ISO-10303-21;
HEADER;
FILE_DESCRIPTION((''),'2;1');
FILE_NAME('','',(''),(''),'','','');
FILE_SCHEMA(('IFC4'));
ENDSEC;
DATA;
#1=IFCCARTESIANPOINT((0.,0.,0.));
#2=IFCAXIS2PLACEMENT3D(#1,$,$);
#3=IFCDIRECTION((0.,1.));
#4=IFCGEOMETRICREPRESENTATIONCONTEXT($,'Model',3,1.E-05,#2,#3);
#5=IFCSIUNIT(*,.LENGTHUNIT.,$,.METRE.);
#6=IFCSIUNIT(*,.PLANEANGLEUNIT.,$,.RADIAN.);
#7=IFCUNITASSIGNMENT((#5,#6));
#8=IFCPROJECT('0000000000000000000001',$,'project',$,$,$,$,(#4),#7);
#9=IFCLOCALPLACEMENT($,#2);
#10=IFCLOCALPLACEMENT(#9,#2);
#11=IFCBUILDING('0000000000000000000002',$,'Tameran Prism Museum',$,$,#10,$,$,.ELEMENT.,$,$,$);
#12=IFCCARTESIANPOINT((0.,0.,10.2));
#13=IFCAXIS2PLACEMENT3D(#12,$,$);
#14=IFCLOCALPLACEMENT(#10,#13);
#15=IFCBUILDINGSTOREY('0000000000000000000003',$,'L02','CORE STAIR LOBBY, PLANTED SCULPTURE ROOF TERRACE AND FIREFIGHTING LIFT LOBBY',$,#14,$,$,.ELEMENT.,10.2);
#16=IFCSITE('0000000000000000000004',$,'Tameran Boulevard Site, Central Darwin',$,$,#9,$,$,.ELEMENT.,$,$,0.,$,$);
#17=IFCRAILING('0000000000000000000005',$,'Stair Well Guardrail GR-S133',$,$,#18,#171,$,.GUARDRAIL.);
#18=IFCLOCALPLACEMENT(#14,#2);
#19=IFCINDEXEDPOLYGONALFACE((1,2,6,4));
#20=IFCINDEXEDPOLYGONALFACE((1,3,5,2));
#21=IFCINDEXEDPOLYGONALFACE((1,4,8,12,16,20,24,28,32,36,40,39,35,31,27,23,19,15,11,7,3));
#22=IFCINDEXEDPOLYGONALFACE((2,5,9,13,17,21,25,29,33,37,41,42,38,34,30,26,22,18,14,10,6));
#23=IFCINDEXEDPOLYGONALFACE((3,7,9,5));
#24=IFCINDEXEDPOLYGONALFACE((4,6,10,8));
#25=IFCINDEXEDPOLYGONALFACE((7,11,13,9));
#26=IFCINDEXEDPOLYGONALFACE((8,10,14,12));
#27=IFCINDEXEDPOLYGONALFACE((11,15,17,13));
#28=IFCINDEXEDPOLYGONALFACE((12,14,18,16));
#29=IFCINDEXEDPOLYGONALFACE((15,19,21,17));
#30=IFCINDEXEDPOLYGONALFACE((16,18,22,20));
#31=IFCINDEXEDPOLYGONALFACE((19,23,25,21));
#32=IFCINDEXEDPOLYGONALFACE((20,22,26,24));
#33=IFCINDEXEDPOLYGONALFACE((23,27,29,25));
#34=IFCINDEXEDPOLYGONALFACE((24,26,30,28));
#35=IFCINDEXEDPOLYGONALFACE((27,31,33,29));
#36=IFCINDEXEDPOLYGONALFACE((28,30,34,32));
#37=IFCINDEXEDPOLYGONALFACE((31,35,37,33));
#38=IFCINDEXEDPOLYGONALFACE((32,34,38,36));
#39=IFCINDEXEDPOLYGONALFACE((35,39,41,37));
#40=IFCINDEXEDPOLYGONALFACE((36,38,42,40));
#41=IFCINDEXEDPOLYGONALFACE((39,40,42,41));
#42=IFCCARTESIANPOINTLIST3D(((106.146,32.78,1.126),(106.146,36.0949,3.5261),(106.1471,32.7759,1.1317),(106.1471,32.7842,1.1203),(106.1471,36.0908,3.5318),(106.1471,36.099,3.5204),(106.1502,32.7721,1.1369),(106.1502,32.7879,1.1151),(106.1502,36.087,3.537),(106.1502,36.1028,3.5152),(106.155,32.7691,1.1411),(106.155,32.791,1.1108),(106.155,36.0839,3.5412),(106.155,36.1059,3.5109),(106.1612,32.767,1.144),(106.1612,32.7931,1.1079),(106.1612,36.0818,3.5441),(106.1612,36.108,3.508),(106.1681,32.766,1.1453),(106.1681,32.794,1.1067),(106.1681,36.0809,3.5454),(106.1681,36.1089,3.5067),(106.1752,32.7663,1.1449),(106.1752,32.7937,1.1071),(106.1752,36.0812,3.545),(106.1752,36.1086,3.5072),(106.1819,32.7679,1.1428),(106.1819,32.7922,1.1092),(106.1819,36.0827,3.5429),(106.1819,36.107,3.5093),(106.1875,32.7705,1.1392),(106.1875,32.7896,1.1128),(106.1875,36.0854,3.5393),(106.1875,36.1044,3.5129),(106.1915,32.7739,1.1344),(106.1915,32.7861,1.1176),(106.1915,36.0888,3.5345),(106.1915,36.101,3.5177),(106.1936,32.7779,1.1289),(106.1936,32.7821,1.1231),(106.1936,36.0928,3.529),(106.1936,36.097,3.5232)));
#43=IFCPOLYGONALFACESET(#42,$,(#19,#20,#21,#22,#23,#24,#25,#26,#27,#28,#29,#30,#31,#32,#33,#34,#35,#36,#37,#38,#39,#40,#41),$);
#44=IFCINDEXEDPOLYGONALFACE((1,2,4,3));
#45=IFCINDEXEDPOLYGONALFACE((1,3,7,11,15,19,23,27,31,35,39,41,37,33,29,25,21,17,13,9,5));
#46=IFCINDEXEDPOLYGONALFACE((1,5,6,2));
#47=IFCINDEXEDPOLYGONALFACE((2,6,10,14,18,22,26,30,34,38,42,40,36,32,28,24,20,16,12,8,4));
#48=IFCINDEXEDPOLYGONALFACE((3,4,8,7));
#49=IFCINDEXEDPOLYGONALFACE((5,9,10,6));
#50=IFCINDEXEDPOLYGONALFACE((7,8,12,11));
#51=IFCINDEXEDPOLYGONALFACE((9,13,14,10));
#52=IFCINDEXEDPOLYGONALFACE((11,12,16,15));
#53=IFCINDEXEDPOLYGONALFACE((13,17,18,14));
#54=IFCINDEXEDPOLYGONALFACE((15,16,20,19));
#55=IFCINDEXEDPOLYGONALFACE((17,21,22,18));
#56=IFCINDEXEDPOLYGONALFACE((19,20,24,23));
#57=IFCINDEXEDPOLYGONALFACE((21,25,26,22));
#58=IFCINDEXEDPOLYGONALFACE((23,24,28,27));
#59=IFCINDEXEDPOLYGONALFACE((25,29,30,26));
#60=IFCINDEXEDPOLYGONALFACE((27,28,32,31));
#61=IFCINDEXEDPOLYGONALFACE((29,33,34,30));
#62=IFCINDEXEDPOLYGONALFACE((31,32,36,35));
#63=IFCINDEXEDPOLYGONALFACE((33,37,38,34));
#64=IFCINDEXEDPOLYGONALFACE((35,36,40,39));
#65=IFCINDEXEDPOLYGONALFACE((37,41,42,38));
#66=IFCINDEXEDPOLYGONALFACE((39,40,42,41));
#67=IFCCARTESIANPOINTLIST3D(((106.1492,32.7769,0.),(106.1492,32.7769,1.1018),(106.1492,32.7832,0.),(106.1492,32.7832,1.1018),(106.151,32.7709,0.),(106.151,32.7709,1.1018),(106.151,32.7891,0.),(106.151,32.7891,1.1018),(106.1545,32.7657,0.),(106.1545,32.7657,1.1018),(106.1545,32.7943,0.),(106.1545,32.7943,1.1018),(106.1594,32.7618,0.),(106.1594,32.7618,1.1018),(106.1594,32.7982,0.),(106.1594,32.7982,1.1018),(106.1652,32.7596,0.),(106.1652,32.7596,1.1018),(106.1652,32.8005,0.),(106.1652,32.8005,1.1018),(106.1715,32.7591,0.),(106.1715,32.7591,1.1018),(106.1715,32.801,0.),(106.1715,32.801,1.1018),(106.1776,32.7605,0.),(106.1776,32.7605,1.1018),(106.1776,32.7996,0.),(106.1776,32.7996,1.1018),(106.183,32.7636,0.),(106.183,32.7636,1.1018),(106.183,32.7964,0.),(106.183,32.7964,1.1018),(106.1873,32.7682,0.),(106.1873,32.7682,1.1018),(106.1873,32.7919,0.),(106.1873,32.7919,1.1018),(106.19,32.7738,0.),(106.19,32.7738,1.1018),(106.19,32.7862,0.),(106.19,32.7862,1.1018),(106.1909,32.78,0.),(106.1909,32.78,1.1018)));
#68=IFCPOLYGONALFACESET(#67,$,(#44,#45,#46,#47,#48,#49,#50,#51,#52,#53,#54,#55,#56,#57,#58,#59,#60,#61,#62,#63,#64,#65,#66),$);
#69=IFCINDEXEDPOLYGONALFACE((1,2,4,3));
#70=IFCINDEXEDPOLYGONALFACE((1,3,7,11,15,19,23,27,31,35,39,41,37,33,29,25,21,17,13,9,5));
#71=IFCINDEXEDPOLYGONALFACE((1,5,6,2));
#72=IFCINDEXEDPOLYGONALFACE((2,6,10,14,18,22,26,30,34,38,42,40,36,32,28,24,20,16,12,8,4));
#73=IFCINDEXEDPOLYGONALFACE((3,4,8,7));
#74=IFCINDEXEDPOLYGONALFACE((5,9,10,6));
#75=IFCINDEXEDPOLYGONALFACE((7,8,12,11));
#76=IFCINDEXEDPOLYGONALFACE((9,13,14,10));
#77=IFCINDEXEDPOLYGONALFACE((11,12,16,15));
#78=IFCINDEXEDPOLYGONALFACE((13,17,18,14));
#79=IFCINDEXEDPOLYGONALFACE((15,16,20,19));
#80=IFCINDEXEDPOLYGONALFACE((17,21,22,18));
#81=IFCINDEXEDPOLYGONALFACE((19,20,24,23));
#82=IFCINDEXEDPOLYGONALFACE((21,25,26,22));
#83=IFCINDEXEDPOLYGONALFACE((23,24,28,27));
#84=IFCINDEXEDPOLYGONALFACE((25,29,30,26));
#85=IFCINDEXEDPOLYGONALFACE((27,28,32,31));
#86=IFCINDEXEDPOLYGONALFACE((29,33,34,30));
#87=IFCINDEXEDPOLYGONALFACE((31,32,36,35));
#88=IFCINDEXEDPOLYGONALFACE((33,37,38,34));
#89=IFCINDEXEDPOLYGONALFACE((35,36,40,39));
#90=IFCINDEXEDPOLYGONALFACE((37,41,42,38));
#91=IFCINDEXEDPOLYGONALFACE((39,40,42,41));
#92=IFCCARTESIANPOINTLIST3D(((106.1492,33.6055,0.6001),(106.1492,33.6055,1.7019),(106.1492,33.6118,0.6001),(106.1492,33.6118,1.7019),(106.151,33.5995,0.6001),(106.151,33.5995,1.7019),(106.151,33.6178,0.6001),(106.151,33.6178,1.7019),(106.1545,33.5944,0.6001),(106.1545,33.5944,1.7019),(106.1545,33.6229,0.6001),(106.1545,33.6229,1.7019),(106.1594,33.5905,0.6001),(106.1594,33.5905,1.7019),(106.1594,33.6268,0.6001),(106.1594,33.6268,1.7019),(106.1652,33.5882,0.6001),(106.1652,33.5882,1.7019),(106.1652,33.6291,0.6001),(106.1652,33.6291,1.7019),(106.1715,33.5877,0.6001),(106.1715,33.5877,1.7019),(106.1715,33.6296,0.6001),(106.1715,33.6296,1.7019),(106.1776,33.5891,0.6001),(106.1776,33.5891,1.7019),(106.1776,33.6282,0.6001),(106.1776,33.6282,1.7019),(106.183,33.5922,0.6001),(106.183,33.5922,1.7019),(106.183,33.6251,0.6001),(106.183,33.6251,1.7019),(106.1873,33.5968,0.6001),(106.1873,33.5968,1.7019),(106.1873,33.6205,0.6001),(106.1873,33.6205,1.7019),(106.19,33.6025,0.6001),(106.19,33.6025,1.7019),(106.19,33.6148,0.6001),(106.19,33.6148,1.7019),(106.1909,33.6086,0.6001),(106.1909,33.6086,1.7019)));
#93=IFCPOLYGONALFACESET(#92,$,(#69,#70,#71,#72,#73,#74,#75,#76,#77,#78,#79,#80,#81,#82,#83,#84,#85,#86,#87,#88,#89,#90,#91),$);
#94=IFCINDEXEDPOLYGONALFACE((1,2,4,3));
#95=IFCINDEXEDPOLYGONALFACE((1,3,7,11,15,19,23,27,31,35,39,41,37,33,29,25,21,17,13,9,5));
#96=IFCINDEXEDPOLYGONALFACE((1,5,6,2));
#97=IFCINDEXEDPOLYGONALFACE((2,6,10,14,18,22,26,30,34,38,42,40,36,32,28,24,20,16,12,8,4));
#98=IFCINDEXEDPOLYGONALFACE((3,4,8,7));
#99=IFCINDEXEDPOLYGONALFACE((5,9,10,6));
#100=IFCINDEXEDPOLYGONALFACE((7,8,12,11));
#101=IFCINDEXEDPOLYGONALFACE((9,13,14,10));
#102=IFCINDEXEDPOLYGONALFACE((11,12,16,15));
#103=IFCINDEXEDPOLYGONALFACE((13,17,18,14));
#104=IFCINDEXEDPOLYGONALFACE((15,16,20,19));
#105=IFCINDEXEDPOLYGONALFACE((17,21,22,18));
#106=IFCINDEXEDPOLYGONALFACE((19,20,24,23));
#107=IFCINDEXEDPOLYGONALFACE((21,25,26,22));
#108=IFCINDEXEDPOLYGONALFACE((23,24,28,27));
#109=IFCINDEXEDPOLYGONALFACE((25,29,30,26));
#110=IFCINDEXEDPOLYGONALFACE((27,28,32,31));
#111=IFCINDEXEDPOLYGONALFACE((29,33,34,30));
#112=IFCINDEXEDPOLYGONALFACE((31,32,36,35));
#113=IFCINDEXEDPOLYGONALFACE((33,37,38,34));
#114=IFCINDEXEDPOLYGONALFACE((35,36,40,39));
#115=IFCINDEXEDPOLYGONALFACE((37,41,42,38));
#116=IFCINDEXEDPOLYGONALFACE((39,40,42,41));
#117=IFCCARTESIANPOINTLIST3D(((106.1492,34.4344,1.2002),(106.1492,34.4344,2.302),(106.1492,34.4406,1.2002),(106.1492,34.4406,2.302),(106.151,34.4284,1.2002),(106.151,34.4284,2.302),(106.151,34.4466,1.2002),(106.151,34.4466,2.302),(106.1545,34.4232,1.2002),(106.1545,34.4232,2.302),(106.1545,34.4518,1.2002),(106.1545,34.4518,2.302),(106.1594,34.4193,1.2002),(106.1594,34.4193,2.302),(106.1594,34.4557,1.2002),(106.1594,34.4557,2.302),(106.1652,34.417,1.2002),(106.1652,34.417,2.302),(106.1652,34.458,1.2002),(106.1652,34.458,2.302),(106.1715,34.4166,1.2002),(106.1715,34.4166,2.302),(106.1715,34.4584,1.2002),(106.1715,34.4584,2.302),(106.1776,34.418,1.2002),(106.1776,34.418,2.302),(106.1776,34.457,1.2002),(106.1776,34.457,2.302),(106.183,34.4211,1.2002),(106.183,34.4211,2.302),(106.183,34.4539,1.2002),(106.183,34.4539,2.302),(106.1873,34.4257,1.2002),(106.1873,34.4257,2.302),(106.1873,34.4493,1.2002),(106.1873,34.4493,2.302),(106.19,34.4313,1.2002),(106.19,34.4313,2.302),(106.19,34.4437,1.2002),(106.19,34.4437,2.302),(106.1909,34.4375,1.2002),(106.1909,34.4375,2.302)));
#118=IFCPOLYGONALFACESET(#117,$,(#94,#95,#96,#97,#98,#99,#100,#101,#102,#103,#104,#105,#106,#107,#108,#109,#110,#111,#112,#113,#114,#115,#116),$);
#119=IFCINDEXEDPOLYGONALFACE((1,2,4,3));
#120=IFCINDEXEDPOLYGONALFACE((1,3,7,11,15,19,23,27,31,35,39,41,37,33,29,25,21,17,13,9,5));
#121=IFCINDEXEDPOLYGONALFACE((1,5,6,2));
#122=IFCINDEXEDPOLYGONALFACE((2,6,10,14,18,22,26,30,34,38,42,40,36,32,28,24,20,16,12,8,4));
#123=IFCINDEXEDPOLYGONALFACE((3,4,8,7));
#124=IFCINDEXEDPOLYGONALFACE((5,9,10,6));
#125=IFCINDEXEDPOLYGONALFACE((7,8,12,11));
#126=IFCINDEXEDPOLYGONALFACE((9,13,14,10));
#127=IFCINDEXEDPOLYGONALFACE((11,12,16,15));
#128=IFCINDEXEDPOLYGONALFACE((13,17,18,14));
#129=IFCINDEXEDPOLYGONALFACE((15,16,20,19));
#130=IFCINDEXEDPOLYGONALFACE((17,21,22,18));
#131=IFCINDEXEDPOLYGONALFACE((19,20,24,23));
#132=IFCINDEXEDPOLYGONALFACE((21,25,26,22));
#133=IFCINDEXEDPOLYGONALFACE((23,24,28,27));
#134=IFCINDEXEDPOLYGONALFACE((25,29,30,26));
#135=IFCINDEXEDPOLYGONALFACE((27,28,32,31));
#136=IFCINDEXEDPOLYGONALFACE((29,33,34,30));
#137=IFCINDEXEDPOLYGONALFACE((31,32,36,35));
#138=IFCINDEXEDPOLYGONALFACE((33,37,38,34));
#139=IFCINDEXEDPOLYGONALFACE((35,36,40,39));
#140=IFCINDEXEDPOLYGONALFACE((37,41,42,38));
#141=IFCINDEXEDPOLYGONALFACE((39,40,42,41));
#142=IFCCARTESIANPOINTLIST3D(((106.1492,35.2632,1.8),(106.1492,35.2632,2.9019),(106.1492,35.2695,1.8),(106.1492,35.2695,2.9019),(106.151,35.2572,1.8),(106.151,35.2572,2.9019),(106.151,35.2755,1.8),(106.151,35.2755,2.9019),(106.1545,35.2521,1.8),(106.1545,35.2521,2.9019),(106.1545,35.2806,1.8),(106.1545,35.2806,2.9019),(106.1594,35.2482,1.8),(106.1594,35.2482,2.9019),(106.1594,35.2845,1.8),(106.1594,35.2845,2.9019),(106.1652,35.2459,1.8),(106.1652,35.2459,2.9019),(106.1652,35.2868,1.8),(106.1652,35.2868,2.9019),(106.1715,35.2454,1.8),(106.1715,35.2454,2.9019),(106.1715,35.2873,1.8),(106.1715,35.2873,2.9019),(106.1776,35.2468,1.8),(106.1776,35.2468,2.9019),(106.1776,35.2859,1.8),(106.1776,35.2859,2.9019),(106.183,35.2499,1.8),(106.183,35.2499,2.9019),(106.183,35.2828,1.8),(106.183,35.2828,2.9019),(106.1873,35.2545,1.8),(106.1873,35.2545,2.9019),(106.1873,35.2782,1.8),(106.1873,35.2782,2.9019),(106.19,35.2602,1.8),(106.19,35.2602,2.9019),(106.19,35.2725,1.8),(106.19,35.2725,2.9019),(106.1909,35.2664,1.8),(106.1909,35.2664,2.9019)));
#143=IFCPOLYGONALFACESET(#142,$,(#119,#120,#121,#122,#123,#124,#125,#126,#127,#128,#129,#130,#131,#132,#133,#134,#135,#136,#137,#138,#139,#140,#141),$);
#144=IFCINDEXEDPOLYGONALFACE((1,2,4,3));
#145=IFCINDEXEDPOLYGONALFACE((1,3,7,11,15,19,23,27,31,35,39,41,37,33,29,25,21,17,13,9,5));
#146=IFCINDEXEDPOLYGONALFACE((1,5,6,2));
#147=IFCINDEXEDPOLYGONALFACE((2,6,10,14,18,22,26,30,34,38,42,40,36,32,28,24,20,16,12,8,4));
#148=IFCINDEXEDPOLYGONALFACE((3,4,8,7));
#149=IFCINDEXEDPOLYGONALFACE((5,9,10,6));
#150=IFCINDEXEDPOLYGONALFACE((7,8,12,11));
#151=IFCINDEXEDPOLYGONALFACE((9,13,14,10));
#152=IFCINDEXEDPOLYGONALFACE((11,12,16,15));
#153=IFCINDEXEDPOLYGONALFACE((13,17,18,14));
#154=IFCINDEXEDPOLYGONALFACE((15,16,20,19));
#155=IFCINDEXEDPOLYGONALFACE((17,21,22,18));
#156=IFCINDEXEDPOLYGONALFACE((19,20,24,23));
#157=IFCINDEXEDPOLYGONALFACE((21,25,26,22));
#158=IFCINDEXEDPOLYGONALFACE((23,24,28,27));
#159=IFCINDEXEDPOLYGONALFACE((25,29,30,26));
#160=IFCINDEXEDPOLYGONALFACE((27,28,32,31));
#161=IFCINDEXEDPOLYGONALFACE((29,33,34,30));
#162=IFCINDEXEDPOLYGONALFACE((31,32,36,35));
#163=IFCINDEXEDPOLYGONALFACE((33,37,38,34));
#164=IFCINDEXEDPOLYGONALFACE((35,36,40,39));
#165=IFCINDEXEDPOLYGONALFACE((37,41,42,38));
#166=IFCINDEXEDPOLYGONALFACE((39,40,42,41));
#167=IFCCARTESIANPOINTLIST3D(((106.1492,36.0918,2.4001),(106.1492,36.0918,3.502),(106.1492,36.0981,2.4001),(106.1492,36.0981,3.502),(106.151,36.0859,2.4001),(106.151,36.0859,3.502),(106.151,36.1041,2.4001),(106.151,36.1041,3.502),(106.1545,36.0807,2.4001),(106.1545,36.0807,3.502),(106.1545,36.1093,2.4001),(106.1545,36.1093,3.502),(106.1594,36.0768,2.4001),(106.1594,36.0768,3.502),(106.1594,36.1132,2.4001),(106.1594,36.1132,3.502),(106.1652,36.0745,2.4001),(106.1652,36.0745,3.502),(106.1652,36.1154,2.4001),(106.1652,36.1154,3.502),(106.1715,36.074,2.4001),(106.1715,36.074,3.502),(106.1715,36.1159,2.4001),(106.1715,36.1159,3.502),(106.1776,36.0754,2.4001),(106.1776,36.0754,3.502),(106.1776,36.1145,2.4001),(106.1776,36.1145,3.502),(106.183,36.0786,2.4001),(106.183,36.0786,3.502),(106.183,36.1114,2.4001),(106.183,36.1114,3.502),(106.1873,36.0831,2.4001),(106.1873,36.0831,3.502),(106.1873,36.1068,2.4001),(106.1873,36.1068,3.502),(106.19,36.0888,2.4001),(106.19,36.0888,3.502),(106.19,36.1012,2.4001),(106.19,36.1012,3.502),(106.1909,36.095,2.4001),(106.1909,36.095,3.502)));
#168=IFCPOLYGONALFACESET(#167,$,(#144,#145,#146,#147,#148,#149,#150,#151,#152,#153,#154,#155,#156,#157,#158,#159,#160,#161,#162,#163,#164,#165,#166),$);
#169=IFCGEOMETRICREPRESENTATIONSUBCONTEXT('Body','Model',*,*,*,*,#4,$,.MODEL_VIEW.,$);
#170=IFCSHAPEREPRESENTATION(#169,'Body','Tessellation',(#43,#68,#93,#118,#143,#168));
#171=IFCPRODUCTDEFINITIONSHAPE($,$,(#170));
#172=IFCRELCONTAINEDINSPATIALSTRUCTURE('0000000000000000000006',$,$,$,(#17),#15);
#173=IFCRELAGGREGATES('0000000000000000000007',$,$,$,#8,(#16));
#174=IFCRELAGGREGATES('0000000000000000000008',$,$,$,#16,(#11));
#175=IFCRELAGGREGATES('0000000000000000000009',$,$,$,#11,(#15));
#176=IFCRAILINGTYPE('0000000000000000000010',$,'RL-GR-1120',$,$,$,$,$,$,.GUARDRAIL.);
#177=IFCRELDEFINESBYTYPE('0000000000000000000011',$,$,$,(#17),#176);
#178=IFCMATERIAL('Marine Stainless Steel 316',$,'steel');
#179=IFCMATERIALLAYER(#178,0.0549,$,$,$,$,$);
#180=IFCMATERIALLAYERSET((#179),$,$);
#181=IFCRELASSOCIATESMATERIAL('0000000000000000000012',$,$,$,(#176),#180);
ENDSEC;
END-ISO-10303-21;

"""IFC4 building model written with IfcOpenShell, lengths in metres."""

from ifc_helpers import new_model, si_unit, direction, frame, origin, origin_2d, place, context, subcontext, project, spatial, circle, extrude, material, layer, layer_set, type_object, element, save


model = new_model("IFC4")

# Units and contexts
model_context = context("Model", 3, precision=1e-05, world=origin(), true_north=direction((0.0, 1.0)))
body_context = subcontext(model_context, "Body", "Model", "MODEL_VIEW")
ifc_project = project(units=[si_unit("LENGTHUNIT", "METRE"), si_unit("PLANEANGLEUNIT", "RADIAN")], contexts=[model_context])

# Site, building, storey
site_placement = place(None, origin())
site = spatial("IfcSite", under=ifc_project, at=site_placement, Name="Tameran Boulevard Site, Central Darwin", CompositionType="ELEMENT", RefElevation=0.0)
building_placement = place(site_placement, origin())
building = spatial("IfcBuilding", under=site, at=building_placement, Name="Tameran Prism Museum", CompositionType="ELEMENT")
storey_placement = place(building_placement, frame((0.0, 0.0, 10.2)))
storey = spatial("IfcBuildingStorey", under=building, at=storey_placement, Name="L02", Description="CORE STAIR LOBBY, PLANTED SCULPTURE ROOF TERRACE AND FIREFIGHTING LIFT LOBBY", CompositionType="ELEMENT", Elevation=10.2)

# Railing
ifc_material_1 = material(Name="Marine Stainless Steel 316", Category="steel")
ifc_layer_1 = layer(ifc_material_1, 0.0549)
ifc_layer_set_1 = layer_set([ifc_layer_1])
railing_type_1 = type_object("IfcRailingType", Name="RL-GR-1120", PredefinedType="GUARDRAIL", material=ifc_layer_set_1)
railing_1_placement = place(storey_placement, frame((106.1699, 32.78, 0.0)))
element("IfcRailing", 1, at=railing_1_placement, inside=storey, type_object=railing_type_1, Name="Stair Well Guardrail GR-S133", PredefinedType="GUARDRAIL", context=body_context, shape_type="SweptSolid", body=[
    extrude(circle(Radius=0.0239, at=origin_2d()), frame((0.0, 0.0, 1.126), z_axis=(0.0, 0.80998, 0.586457), x_axis=(-1.0, 0.0, 0.0)), (0.0, 0.0, 1.0), 4.0925),
    extrude(circle(Radius=0.021, at=origin_2d()), origin(), (0.0, 0.0, 1.0), 1.1018),
    extrude(circle(Radius=0.021, at=origin_2d()), frame((0.0, 0.8286, 0.6001)), (0.0, 0.0, 1.0), 1.1018),
    extrude(circle(Radius=0.021, at=origin_2d()), frame((0.0, 1.6575, 1.2002)), (0.0, 0.0, 1.0), 1.1018),
    extrude(circle(Radius=0.021, at=origin_2d()), frame((0.0, 2.4863, 1.8)), (0.0, 0.0, 1.0), 1.1018),
    extrude(circle(Radius=0.021, at=origin_2d()), frame((0.0, 3.3149, 2.4001)), (0.0, 0.0, 1.0), 1.1018),
])

save(model, "model.ifc")
